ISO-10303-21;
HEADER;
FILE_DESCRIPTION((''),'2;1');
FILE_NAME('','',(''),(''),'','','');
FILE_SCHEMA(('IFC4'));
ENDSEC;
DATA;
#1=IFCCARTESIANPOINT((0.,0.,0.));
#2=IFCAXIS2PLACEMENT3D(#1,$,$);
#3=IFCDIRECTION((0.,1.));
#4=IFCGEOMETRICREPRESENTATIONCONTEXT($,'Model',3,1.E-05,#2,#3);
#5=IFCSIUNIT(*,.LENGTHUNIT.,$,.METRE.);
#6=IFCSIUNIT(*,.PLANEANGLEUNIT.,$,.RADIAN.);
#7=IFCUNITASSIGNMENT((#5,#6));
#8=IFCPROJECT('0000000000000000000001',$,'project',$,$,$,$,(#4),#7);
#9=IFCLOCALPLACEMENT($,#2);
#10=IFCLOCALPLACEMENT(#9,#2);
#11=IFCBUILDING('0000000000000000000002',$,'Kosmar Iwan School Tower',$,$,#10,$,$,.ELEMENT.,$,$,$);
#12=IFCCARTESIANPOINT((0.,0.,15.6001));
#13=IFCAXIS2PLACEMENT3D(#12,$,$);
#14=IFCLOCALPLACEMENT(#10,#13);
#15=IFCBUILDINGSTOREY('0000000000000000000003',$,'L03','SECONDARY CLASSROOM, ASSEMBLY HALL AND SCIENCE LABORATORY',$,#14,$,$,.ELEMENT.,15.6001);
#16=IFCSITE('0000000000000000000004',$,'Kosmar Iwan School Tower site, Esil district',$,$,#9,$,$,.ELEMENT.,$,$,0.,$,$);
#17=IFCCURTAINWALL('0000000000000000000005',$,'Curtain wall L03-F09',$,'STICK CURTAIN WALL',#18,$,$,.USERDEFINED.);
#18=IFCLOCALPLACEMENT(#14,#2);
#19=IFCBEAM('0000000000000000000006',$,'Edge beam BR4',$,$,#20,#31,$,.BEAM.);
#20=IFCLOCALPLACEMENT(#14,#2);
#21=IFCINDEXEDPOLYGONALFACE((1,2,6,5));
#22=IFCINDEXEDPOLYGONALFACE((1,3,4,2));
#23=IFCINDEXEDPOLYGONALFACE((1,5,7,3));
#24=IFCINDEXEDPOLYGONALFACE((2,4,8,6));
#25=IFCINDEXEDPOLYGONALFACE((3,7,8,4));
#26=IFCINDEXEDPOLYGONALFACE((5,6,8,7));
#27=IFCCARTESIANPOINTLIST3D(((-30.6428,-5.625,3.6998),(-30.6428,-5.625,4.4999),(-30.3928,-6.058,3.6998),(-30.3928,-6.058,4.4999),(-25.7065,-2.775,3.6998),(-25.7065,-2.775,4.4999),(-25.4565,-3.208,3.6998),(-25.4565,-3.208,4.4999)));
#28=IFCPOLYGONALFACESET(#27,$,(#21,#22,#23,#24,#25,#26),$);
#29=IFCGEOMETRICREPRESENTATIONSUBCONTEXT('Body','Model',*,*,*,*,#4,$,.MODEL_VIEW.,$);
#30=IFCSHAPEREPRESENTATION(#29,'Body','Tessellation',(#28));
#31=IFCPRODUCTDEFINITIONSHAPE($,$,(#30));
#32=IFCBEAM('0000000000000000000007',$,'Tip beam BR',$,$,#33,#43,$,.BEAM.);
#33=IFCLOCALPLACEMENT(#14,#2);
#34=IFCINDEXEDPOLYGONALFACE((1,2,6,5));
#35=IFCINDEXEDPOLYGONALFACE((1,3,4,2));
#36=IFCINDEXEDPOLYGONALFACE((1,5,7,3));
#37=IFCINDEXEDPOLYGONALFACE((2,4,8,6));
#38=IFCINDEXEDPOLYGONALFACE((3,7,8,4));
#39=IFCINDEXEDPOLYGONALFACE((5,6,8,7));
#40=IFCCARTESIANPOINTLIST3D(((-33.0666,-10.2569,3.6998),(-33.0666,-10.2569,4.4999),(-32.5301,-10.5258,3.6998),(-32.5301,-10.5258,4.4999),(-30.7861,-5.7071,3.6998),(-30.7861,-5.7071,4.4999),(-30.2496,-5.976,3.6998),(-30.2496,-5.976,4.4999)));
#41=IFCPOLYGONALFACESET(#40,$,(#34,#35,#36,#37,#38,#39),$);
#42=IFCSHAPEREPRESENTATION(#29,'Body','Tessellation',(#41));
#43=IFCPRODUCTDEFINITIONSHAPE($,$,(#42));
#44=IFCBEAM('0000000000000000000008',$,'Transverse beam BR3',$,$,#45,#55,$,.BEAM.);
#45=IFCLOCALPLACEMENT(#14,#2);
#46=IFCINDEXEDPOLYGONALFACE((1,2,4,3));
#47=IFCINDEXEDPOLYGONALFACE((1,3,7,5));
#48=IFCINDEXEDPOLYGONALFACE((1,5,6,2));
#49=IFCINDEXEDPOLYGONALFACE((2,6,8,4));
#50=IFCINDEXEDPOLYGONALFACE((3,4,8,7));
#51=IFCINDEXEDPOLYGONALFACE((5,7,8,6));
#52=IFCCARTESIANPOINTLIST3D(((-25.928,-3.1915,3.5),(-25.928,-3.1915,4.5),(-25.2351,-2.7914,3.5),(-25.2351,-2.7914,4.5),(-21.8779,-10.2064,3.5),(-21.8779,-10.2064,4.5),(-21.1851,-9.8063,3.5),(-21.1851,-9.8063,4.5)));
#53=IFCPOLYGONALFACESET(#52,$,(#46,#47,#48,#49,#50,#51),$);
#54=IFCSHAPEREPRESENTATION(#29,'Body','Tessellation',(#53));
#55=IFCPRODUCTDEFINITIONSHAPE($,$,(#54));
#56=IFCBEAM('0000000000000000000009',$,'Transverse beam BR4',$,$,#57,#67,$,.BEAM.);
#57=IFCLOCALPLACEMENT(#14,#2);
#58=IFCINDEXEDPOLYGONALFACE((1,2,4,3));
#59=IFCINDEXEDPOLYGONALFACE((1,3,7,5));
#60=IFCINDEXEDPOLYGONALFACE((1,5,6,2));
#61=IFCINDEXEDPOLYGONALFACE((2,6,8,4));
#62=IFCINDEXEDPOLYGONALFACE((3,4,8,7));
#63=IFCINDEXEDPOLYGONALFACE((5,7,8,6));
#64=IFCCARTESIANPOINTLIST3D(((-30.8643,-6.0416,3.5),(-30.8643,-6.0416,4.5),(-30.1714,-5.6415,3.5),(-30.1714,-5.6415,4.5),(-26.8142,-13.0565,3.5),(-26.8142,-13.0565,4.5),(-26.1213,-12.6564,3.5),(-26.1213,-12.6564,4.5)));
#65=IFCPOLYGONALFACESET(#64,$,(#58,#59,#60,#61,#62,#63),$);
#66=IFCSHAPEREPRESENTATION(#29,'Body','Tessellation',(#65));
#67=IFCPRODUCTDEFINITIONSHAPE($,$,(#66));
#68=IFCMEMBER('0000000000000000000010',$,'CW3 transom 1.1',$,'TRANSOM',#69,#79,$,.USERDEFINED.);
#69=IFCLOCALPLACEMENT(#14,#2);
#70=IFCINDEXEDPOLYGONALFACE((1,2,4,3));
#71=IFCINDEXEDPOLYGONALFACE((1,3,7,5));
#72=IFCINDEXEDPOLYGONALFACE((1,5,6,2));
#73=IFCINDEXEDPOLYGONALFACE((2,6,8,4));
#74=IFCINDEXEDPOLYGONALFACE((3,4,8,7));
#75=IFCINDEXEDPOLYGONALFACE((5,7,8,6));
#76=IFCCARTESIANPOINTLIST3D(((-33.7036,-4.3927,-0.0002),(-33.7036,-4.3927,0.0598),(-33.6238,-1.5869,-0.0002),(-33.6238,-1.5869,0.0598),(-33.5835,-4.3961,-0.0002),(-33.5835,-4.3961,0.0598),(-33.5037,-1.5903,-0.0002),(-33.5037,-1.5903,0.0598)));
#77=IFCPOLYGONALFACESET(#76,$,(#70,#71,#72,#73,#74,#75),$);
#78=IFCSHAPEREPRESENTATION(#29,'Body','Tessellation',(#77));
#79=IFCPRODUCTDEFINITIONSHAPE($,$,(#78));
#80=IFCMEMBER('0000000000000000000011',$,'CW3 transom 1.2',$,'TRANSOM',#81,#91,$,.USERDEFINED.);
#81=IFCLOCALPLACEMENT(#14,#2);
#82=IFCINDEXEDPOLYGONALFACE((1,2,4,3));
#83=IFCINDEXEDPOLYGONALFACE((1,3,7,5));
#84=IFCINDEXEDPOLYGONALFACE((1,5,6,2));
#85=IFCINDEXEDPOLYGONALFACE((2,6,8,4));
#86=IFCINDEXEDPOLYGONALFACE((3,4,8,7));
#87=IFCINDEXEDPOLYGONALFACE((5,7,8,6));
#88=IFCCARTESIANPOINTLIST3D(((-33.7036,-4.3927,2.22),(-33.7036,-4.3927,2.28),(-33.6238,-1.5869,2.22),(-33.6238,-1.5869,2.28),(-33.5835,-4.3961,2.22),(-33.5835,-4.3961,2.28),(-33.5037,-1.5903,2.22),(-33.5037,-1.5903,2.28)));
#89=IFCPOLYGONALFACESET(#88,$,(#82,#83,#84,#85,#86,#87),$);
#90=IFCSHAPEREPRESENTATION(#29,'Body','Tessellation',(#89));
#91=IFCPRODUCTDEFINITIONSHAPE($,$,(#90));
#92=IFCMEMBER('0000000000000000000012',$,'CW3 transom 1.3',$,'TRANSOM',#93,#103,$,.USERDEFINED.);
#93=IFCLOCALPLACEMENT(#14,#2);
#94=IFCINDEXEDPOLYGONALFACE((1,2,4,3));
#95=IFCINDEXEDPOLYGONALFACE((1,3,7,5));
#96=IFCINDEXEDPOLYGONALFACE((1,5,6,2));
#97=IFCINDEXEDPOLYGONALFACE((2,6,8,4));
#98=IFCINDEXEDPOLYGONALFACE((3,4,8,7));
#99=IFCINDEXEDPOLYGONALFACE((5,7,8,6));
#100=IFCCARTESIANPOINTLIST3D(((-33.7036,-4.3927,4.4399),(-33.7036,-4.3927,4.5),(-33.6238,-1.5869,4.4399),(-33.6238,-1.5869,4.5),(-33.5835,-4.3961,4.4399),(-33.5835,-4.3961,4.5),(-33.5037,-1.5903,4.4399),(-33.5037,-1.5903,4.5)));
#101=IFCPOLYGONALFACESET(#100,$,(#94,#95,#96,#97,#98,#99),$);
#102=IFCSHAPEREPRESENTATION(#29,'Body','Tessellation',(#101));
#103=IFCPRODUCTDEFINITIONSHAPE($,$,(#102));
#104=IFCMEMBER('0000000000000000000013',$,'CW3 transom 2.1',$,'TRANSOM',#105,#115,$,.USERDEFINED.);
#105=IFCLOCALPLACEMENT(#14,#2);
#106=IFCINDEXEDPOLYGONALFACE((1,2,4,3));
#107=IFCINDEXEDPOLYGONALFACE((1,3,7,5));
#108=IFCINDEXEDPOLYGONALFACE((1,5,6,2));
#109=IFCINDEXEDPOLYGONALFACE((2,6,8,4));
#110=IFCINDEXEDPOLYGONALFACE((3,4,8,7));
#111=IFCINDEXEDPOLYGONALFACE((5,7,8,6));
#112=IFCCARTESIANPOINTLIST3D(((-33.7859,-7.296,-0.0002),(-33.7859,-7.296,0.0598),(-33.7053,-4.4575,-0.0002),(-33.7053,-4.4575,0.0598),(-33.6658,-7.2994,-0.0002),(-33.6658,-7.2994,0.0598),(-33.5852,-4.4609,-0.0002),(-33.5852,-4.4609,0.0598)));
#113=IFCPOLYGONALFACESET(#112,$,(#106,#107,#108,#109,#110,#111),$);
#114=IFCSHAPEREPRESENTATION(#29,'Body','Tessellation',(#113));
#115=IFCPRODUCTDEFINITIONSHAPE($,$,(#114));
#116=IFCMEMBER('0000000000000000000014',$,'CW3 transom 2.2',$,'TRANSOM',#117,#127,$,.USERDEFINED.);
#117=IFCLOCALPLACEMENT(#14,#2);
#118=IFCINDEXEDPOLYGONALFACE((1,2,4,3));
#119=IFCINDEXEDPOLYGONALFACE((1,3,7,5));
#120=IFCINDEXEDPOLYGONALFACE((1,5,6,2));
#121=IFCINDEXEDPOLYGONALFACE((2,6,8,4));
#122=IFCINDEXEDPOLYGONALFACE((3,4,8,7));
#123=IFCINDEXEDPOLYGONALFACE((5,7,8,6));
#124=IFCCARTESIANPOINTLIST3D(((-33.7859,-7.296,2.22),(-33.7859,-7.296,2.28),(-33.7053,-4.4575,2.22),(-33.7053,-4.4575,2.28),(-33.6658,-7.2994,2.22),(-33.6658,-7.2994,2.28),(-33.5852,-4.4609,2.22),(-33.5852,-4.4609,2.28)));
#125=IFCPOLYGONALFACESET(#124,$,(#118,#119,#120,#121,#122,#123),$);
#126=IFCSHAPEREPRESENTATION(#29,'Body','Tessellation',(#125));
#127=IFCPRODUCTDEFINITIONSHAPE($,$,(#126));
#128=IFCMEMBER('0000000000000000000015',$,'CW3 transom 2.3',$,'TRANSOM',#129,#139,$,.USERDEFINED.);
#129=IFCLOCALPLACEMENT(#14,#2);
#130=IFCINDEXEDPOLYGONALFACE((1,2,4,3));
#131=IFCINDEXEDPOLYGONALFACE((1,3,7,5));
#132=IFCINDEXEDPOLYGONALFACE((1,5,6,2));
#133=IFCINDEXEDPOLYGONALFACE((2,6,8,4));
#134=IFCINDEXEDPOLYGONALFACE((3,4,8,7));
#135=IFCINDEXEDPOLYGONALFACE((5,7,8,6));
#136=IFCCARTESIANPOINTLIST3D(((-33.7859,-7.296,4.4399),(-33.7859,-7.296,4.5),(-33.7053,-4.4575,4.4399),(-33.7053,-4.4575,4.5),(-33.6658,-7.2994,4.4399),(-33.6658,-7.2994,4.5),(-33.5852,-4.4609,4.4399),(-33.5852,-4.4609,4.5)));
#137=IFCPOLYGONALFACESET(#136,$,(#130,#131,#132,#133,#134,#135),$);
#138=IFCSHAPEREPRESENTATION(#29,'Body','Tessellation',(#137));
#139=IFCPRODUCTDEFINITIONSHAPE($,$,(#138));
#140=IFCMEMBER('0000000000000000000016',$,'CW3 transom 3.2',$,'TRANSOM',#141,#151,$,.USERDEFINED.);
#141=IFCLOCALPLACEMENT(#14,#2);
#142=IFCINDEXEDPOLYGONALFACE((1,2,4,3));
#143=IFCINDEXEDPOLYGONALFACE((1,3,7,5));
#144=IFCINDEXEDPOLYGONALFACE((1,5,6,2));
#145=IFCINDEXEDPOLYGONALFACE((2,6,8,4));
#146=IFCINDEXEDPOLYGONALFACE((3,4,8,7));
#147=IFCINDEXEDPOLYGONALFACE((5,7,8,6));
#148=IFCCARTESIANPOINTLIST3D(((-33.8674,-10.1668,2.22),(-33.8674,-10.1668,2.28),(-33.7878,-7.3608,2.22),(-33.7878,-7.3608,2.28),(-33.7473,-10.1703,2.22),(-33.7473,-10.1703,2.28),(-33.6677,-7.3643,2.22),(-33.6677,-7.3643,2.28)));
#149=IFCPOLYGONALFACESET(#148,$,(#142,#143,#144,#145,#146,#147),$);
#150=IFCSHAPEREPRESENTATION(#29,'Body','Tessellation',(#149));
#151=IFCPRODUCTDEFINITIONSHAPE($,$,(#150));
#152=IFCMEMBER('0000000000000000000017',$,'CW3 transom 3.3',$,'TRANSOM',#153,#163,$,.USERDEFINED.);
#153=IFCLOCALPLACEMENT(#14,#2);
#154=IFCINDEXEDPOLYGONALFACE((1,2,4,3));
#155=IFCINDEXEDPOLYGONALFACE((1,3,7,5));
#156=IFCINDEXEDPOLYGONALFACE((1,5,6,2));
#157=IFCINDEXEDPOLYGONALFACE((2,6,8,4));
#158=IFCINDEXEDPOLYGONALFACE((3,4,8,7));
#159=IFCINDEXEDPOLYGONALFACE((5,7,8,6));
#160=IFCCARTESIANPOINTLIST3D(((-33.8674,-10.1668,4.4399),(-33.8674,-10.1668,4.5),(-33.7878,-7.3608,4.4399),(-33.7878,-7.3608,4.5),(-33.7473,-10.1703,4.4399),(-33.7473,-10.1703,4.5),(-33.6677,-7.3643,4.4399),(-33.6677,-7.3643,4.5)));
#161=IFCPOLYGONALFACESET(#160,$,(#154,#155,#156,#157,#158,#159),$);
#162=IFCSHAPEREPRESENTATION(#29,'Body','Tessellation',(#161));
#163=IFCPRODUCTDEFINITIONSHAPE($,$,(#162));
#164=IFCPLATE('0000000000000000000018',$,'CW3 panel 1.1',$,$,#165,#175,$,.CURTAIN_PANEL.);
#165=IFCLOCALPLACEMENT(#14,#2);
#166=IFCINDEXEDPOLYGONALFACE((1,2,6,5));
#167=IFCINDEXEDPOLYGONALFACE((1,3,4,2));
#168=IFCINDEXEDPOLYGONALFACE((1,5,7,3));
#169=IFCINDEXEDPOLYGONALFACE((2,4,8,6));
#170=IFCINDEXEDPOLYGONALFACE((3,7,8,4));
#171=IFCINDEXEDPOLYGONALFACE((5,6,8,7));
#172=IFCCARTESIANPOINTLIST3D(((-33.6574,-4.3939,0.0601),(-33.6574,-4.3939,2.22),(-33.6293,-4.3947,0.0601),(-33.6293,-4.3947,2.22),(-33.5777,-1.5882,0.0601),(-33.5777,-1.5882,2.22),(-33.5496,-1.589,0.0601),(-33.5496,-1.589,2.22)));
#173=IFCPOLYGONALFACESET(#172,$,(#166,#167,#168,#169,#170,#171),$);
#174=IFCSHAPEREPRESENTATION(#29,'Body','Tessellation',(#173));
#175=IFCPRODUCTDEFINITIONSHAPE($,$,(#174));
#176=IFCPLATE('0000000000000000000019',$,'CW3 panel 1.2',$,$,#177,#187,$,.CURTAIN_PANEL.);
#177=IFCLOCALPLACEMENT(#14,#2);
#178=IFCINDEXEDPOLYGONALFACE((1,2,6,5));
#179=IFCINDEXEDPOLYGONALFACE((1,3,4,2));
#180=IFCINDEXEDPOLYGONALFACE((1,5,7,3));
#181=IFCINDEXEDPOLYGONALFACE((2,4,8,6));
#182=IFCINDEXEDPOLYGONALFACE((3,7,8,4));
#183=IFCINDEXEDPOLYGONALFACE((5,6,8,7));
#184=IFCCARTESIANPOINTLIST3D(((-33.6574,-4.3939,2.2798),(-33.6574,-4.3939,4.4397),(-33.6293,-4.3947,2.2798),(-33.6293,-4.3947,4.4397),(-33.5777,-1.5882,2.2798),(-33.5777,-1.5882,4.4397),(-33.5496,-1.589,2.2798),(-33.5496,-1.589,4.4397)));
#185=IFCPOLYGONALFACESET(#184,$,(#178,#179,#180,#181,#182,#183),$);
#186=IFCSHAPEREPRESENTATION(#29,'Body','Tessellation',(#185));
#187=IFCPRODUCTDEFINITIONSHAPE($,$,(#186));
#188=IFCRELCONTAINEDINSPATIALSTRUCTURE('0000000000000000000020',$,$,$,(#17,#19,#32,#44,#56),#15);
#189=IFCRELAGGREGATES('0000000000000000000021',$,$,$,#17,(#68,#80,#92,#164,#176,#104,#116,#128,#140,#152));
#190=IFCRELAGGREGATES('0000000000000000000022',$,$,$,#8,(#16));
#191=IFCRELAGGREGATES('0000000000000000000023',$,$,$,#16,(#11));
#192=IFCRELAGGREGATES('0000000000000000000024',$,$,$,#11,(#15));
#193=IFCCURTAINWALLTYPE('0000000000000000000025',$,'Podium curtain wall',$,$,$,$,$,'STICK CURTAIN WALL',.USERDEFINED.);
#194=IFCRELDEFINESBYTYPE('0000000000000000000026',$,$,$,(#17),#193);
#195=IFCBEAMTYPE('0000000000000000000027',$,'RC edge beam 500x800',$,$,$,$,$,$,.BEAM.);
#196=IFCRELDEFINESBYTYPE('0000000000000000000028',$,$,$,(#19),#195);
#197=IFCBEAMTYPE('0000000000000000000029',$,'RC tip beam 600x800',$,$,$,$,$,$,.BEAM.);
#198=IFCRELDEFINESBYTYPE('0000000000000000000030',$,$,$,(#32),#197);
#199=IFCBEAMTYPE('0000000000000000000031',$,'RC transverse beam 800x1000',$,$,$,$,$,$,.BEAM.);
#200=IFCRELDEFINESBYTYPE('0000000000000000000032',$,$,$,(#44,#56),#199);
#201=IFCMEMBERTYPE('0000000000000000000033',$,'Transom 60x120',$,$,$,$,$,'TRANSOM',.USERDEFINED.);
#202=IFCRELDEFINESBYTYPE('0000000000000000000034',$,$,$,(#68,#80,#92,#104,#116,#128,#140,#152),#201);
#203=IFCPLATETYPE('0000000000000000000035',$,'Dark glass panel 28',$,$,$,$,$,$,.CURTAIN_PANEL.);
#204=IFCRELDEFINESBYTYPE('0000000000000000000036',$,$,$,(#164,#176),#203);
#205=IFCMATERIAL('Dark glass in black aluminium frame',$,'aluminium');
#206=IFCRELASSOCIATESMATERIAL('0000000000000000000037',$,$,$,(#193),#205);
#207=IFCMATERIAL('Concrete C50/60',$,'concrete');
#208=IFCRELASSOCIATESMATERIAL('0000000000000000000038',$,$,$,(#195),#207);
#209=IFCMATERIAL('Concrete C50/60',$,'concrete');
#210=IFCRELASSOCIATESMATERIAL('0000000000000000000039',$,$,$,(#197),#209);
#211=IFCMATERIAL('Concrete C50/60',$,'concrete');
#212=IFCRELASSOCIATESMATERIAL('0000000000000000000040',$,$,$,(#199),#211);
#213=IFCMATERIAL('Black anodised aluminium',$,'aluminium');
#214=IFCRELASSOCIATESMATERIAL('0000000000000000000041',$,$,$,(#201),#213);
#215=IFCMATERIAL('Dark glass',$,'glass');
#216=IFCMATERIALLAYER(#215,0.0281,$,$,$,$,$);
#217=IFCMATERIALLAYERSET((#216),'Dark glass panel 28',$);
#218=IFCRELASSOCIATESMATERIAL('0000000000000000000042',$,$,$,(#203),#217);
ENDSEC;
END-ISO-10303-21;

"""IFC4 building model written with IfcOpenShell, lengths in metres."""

from ifc_helpers import new_model, si_unit, direction, frame, origin, origin_2d, place, context, subcontext, project, spatial, rectangle, extrude, material, layer, layer_set, material_profile, profile_set, type_object, element, aggregate, save


model = new_model("IFC4")

# Units and contexts
model_context = context("Model", 3, precision=1e-05, world=origin(), true_north=direction((0.0, 1.0)))
body_context = subcontext(model_context, "Body", "Model", "MODEL_VIEW")
ifc_project = project(units=[si_unit("LENGTHUNIT", "METRE"), si_unit("PLANEANGLEUNIT", "RADIAN")], contexts=[model_context])

# Site, building, storey
site_placement = place(None, origin())
site = spatial("IfcSite", under=ifc_project, at=site_placement, Name="Kosmar Iwan School Tower site, Esil district", CompositionType="ELEMENT", RefElevation=0.0)
building_placement = place(site_placement, origin())
building = spatial("IfcBuilding", under=site, at=building_placement, Name="Kosmar Iwan School Tower", CompositionType="ELEMENT")
storey_placement = place(building_placement, frame((0.0, 0.0, 15.6001)))
storey = spatial("IfcBuildingStorey", under=building, at=storey_placement, Name="L03", Description="SECONDARY CLASSROOM, ASSEMBLY HALL AND SCIENCE LABORATORY", CompositionType="ELEMENT", Elevation=15.6001)

# Shared definitions
ifc_material_1 = material(Name="Dark glass in black aluminium frame", Category="aluminium")
curtain_wall_type = type_object("IfcCurtainWallType", Name="Podium curtain wall", ElementType="STICK CURTAIN WALL", PredefinedType="USERDEFINED", material=ifc_material_1)

# Curtain wall
curtain_wall_1_placement = place(storey_placement, origin())
curtain_wall_1 = element("IfcCurtainWall", 1, at=curtain_wall_1_placement, inside=storey, type_object=curtain_wall_type, Name="Curtain wall L03-F09", ObjectType="STICK CURTAIN WALL", PredefinedType="USERDEFINED")

# Beams
ifc_material_2 = material(Name="Concrete C50/60", Category="concrete")
ifc_material_profile_1 = material_profile(ifc_material_2, rectangle(XDim=0.5, YDim=0.8, at=origin_2d()), Name="RC 500x800")
ifc_profile_set_1 = profile_set([ifc_material_profile_1], Name="Concrete C50/60")
beam_type_1 = type_object("IfcBeamType", Name="RC edge beam 500x800", PredefinedType="BEAM", material=ifc_profile_set_1)
beam_1_placement = place(storey_placement, frame((-25.5815, -2.9915, 4.0999), z_axis=(-0.866015, -0.500018, 0.0), x_axis=(0.500018, -0.866015, 0.0)))
element("IfcBeam", 2, at=beam_1_placement, inside=storey, type_object=beam_type_1, Name="Edge beam BR4", PredefinedType="BEAM", context=body_context, shape_type="SweptSolid", body=[
    extrude(rectangle(XDim=0.5, YDim=0.8, at=origin_2d()), origin(), (0.0, 0.0, 1.0), 5.7),
])
ifc_material_3 = material(Name="Concrete C50/60", Category="concrete")
ifc_material_profile_2 = material_profile(ifc_material_3, rectangle(XDim=0.6001, YDim=0.8, at=origin_2d()), Name="RC 600x800")
ifc_profile_set_2 = profile_set([ifc_material_profile_2], Name="Concrete C50/60")
beam_type_2 = type_object("IfcBeamType", Name="RC tip beam 600x800", PredefinedType="BEAM", material=ifc_profile_set_2)
beam_2_placement = place(storey_placement, frame((-30.5178, -5.8416, 4.0999), z_axis=(-0.448096, -0.893985, 0.0), x_axis=(0.893985, -0.448096, 0.0)))
element("IfcBeam", 3, at=beam_2_placement, inside=storey, type_object=beam_type_2, Name="Tip beam BR", PredefinedType="BEAM", context=body_context, shape_type="SweptSolid", body=[
    extrude(rectangle(XDim=0.6001, YDim=0.8, at=origin_2d()), origin(), (0.0, 0.0, 1.0), 5.0894),
])
ifc_material_4 = material(Name="Concrete C50/60", Category="concrete")
ifc_material_profile_3 = material_profile(ifc_material_4, rectangle(XDim=0.8, YDim=1.0, at=origin_2d()), Name="RC 800x1000")
ifc_profile_set_3 = profile_set([ifc_material_profile_3], Name="Concrete C50/60")
beam_type_3 = type_object("IfcBeamType", Name="RC transverse beam 800x1000", PredefinedType="BEAM", material=ifc_profile_set_3)
for number, where, z_axis, x_axis, name in (
    (4, (-25.5815, -2.9915, 4.0), (0.5, -0.866025, 0.0), (0.866025, 0.5, 0.0), "Transverse beam BR3"),
    (5, (-30.5178, -5.8416, 4.0), (0.5, -0.866025, 0.0), (0.866025, 0.5, 0.0), "Transverse beam BR4"),
):
    element("IfcBeam", number, at=place(storey_placement, frame(where, z_axis=z_axis, x_axis=x_axis)), inside=storey, type_object=beam_type_3, Name=name, PredefinedType="BEAM", context=body_context, shape_type="SweptSolid", body=[
        extrude(rectangle(XDim=0.8, YDim=1.0, at=origin_2d()), origin(), (0.0, 0.0, 1.0), 8.1001),
    ])

# Members
ifc_material_5 = material(Name="Black anodised aluminium", Category="aluminium")
ifc_material_profile_4 = material_profile(ifc_material_5, rectangle(XDim=0.1201, YDim=0.0601, at=origin_2d()), Name="TRANSOM 60x120")
ifc_profile_set_4 = profile_set([ifc_material_profile_4], Name="Black anodised aluminium")
member_type_1 = type_object("IfcMemberType", Name="Transom 60x120", ElementType="TRANSOM", PredefinedType="USERDEFINED", material=ifc_profile_set_4)
member_1_placement = place(storey_placement, frame((-33.5637, -1.5886, 0.0298), z_axis=(-0.028443, -0.999595, 0.0), x_axis=(0.999595, -0.028443, 0.0)))
member_1 = element("IfcMember", 6, at=member_1_placement, type_object=member_type_1, Name="CW3 transom 1.1", ObjectType="TRANSOM", PredefinedType="USERDEFINED", context=body_context, shape_type="SweptSolid", body=[
    extrude(rectangle(XDim=0.1201, YDim=0.0601, at=origin_2d()), origin(), (0.0, 0.0, 1.0), 2.8069),
])
member_2_placement = place(storey_placement, frame((-33.5637, -1.5886, 2.25), z_axis=(-0.028443, -0.999595, 0.0), x_axis=(0.999595, -0.028443, 0.0)))
member_2 = element("IfcMember", 7, at=member_2_placement, type_object=member_type_1, Name="CW3 transom 1.2", ObjectType="TRANSOM", PredefinedType="USERDEFINED", context=body_context, shape_type="SweptSolid", body=[
    extrude(rectangle(XDim=0.1201, YDim=0.0601, at=origin_2d()), origin(), (0.0, 0.0, 1.0), 2.8069),
])
member_3_placement = place(storey_placement, frame((-33.5637, -1.5886, 4.47), z_axis=(-0.028443, -0.999595, 0.0), x_axis=(0.999595, -0.028443, 0.0)))
member_3 = element("IfcMember", 8, at=member_3_placement, type_object=member_type_1, Name="CW3 transom 1.3", ObjectType="TRANSOM", PredefinedType="USERDEFINED", context=body_context, shape_type="SweptSolid", body=[
    extrude(rectangle(XDim=0.1201, YDim=0.0601, at=origin_2d()), origin(), (0.0, 0.0, 1.0), 2.8069),
])
member_4_placement = place(storey_placement, frame((-33.6453, -4.4592, 0.0298), z_axis=(-0.028373, -0.999597, 0.0), x_axis=(0.999597, -0.028373, 0.0)))
member_4 = element("IfcMember", 9, at=member_4_placement, type_object=member_type_1, Name="CW3 transom 2.1", ObjectType="TRANSOM", PredefinedType="USERDEFINED", context=body_context, shape_type="SweptSolid", body=[
    extrude(rectangle(XDim=0.1201, YDim=0.0601, at=origin_2d()), origin(), (0.0, 0.0, 1.0), 2.8396),
])
member_5_placement = place(storey_placement, frame((-33.6453, -4.4592, 2.25), z_axis=(-0.028373, -0.999597, 0.0), x_axis=(0.999597, -0.028373, 0.0)))
member_5 = element("IfcMember", 10, at=member_5_placement, type_object=member_type_1, Name="CW3 transom 2.2", ObjectType="TRANSOM", PredefinedType="USERDEFINED", context=body_context, shape_type="SweptSolid", body=[
    extrude(rectangle(XDim=0.1201, YDim=0.0601, at=origin_2d()), origin(), (0.0, 0.0, 1.0), 2.8396),
])
member_6_placement = place(storey_placement, frame((-33.6453, -4.4592, 4.47), z_axis=(-0.028373, -0.999597, 0.0), x_axis=(0.999597, -0.028373, 0.0)))
member_6 = element("IfcMember", 11, at=member_6_placement, type_object=member_type_1, Name="CW3 transom 2.3", ObjectType="TRANSOM", PredefinedType="USERDEFINED", context=body_context, shape_type="SweptSolid", body=[
    extrude(rectangle(XDim=0.1201, YDim=0.0601, at=origin_2d()), origin(), (0.0, 0.0, 1.0), 2.8396),
])
member_7_placement = place(storey_placement, frame((-33.7278, -7.3625, 2.25), z_axis=(-0.028354, -0.999598, 0.0), x_axis=(0.999598, -0.028354, 0.0)))
member_7 = element("IfcMember", 12, at=member_7_placement, type_object=member_type_1, Name="CW3 transom 3.2", ObjectType="TRANSOM", PredefinedType="USERDEFINED", context=body_context, shape_type="SweptSolid", body=[
    extrude(rectangle(XDim=0.1201, YDim=0.0601, at=origin_2d()), origin(), (0.0, 0.0, 1.0), 2.8071),
])
member_8_placement = place(storey_placement, frame((-33.7278, -7.3625, 4.47), z_axis=(-0.028354, -0.999598, 0.0), x_axis=(0.999598, -0.028354, 0.0)))
member_8 = element("IfcMember", 13, at=member_8_placement, type_object=member_type_1, Name="CW3 transom 3.3", ObjectType="TRANSOM", PredefinedType="USERDEFINED", context=body_context, shape_type="SweptSolid", body=[
    extrude(rectangle(XDim=0.1201, YDim=0.0601, at=origin_2d()), origin(), (0.0, 0.0, 1.0), 2.8071),
])

# Plates
ifc_material_6 = material(Name="Dark glass", Category="glass")
ifc_layer_1 = layer(ifc_material_6, 0.0281)
ifc_layer_set_1 = layer_set([ifc_layer_1], Name="Dark glass panel 28")
plate_type = type_object("IfcPlateType", Name="Dark glass panel 28", PredefinedType="CURTAIN_PANEL", material=ifc_layer_set_1)
plate_1_placement = place(storey_placement, frame((-33.6035, -2.9915, 0.0601), z_axis=(0.0, 0.0, 1.0), x_axis=(-0.028386, -0.999597, 0.0)))
plate_1 = element("IfcPlate", 14, at=plate_1_placement, type_object=plate_type, Name="CW3 panel 1.1", PredefinedType="CURTAIN_PANEL", context=body_context, shape_type="SweptSolid", body=[
    extrude(rectangle(XDim=2.8069, YDim=0.0281, at=origin_2d()), origin(), (0.0, 0.0, 1.0), 2.1599),
])
plate_2_placement = place(storey_placement, frame((-33.6035, -2.9915, 2.2798), z_axis=(0.0, 0.0, 1.0), x_axis=(-0.028386, -0.999597, 0.0)))
plate_2 = element("IfcPlate", 15, at=plate_2_placement, type_object=plate_type, Name="CW3 panel 1.2", PredefinedType="CURTAIN_PANEL", context=body_context, shape_type="SweptSolid", body=[
    extrude(rectangle(XDim=2.8069, YDim=0.0281, at=origin_2d()), origin(), (0.0, 0.0, 1.0), 2.1599),
])
aggregate(curtain_wall_1, [member_1, member_2, member_3, plate_1, plate_2, member_4, member_5, member_6, member_7, member_8])

save(model, "model.ifc")
